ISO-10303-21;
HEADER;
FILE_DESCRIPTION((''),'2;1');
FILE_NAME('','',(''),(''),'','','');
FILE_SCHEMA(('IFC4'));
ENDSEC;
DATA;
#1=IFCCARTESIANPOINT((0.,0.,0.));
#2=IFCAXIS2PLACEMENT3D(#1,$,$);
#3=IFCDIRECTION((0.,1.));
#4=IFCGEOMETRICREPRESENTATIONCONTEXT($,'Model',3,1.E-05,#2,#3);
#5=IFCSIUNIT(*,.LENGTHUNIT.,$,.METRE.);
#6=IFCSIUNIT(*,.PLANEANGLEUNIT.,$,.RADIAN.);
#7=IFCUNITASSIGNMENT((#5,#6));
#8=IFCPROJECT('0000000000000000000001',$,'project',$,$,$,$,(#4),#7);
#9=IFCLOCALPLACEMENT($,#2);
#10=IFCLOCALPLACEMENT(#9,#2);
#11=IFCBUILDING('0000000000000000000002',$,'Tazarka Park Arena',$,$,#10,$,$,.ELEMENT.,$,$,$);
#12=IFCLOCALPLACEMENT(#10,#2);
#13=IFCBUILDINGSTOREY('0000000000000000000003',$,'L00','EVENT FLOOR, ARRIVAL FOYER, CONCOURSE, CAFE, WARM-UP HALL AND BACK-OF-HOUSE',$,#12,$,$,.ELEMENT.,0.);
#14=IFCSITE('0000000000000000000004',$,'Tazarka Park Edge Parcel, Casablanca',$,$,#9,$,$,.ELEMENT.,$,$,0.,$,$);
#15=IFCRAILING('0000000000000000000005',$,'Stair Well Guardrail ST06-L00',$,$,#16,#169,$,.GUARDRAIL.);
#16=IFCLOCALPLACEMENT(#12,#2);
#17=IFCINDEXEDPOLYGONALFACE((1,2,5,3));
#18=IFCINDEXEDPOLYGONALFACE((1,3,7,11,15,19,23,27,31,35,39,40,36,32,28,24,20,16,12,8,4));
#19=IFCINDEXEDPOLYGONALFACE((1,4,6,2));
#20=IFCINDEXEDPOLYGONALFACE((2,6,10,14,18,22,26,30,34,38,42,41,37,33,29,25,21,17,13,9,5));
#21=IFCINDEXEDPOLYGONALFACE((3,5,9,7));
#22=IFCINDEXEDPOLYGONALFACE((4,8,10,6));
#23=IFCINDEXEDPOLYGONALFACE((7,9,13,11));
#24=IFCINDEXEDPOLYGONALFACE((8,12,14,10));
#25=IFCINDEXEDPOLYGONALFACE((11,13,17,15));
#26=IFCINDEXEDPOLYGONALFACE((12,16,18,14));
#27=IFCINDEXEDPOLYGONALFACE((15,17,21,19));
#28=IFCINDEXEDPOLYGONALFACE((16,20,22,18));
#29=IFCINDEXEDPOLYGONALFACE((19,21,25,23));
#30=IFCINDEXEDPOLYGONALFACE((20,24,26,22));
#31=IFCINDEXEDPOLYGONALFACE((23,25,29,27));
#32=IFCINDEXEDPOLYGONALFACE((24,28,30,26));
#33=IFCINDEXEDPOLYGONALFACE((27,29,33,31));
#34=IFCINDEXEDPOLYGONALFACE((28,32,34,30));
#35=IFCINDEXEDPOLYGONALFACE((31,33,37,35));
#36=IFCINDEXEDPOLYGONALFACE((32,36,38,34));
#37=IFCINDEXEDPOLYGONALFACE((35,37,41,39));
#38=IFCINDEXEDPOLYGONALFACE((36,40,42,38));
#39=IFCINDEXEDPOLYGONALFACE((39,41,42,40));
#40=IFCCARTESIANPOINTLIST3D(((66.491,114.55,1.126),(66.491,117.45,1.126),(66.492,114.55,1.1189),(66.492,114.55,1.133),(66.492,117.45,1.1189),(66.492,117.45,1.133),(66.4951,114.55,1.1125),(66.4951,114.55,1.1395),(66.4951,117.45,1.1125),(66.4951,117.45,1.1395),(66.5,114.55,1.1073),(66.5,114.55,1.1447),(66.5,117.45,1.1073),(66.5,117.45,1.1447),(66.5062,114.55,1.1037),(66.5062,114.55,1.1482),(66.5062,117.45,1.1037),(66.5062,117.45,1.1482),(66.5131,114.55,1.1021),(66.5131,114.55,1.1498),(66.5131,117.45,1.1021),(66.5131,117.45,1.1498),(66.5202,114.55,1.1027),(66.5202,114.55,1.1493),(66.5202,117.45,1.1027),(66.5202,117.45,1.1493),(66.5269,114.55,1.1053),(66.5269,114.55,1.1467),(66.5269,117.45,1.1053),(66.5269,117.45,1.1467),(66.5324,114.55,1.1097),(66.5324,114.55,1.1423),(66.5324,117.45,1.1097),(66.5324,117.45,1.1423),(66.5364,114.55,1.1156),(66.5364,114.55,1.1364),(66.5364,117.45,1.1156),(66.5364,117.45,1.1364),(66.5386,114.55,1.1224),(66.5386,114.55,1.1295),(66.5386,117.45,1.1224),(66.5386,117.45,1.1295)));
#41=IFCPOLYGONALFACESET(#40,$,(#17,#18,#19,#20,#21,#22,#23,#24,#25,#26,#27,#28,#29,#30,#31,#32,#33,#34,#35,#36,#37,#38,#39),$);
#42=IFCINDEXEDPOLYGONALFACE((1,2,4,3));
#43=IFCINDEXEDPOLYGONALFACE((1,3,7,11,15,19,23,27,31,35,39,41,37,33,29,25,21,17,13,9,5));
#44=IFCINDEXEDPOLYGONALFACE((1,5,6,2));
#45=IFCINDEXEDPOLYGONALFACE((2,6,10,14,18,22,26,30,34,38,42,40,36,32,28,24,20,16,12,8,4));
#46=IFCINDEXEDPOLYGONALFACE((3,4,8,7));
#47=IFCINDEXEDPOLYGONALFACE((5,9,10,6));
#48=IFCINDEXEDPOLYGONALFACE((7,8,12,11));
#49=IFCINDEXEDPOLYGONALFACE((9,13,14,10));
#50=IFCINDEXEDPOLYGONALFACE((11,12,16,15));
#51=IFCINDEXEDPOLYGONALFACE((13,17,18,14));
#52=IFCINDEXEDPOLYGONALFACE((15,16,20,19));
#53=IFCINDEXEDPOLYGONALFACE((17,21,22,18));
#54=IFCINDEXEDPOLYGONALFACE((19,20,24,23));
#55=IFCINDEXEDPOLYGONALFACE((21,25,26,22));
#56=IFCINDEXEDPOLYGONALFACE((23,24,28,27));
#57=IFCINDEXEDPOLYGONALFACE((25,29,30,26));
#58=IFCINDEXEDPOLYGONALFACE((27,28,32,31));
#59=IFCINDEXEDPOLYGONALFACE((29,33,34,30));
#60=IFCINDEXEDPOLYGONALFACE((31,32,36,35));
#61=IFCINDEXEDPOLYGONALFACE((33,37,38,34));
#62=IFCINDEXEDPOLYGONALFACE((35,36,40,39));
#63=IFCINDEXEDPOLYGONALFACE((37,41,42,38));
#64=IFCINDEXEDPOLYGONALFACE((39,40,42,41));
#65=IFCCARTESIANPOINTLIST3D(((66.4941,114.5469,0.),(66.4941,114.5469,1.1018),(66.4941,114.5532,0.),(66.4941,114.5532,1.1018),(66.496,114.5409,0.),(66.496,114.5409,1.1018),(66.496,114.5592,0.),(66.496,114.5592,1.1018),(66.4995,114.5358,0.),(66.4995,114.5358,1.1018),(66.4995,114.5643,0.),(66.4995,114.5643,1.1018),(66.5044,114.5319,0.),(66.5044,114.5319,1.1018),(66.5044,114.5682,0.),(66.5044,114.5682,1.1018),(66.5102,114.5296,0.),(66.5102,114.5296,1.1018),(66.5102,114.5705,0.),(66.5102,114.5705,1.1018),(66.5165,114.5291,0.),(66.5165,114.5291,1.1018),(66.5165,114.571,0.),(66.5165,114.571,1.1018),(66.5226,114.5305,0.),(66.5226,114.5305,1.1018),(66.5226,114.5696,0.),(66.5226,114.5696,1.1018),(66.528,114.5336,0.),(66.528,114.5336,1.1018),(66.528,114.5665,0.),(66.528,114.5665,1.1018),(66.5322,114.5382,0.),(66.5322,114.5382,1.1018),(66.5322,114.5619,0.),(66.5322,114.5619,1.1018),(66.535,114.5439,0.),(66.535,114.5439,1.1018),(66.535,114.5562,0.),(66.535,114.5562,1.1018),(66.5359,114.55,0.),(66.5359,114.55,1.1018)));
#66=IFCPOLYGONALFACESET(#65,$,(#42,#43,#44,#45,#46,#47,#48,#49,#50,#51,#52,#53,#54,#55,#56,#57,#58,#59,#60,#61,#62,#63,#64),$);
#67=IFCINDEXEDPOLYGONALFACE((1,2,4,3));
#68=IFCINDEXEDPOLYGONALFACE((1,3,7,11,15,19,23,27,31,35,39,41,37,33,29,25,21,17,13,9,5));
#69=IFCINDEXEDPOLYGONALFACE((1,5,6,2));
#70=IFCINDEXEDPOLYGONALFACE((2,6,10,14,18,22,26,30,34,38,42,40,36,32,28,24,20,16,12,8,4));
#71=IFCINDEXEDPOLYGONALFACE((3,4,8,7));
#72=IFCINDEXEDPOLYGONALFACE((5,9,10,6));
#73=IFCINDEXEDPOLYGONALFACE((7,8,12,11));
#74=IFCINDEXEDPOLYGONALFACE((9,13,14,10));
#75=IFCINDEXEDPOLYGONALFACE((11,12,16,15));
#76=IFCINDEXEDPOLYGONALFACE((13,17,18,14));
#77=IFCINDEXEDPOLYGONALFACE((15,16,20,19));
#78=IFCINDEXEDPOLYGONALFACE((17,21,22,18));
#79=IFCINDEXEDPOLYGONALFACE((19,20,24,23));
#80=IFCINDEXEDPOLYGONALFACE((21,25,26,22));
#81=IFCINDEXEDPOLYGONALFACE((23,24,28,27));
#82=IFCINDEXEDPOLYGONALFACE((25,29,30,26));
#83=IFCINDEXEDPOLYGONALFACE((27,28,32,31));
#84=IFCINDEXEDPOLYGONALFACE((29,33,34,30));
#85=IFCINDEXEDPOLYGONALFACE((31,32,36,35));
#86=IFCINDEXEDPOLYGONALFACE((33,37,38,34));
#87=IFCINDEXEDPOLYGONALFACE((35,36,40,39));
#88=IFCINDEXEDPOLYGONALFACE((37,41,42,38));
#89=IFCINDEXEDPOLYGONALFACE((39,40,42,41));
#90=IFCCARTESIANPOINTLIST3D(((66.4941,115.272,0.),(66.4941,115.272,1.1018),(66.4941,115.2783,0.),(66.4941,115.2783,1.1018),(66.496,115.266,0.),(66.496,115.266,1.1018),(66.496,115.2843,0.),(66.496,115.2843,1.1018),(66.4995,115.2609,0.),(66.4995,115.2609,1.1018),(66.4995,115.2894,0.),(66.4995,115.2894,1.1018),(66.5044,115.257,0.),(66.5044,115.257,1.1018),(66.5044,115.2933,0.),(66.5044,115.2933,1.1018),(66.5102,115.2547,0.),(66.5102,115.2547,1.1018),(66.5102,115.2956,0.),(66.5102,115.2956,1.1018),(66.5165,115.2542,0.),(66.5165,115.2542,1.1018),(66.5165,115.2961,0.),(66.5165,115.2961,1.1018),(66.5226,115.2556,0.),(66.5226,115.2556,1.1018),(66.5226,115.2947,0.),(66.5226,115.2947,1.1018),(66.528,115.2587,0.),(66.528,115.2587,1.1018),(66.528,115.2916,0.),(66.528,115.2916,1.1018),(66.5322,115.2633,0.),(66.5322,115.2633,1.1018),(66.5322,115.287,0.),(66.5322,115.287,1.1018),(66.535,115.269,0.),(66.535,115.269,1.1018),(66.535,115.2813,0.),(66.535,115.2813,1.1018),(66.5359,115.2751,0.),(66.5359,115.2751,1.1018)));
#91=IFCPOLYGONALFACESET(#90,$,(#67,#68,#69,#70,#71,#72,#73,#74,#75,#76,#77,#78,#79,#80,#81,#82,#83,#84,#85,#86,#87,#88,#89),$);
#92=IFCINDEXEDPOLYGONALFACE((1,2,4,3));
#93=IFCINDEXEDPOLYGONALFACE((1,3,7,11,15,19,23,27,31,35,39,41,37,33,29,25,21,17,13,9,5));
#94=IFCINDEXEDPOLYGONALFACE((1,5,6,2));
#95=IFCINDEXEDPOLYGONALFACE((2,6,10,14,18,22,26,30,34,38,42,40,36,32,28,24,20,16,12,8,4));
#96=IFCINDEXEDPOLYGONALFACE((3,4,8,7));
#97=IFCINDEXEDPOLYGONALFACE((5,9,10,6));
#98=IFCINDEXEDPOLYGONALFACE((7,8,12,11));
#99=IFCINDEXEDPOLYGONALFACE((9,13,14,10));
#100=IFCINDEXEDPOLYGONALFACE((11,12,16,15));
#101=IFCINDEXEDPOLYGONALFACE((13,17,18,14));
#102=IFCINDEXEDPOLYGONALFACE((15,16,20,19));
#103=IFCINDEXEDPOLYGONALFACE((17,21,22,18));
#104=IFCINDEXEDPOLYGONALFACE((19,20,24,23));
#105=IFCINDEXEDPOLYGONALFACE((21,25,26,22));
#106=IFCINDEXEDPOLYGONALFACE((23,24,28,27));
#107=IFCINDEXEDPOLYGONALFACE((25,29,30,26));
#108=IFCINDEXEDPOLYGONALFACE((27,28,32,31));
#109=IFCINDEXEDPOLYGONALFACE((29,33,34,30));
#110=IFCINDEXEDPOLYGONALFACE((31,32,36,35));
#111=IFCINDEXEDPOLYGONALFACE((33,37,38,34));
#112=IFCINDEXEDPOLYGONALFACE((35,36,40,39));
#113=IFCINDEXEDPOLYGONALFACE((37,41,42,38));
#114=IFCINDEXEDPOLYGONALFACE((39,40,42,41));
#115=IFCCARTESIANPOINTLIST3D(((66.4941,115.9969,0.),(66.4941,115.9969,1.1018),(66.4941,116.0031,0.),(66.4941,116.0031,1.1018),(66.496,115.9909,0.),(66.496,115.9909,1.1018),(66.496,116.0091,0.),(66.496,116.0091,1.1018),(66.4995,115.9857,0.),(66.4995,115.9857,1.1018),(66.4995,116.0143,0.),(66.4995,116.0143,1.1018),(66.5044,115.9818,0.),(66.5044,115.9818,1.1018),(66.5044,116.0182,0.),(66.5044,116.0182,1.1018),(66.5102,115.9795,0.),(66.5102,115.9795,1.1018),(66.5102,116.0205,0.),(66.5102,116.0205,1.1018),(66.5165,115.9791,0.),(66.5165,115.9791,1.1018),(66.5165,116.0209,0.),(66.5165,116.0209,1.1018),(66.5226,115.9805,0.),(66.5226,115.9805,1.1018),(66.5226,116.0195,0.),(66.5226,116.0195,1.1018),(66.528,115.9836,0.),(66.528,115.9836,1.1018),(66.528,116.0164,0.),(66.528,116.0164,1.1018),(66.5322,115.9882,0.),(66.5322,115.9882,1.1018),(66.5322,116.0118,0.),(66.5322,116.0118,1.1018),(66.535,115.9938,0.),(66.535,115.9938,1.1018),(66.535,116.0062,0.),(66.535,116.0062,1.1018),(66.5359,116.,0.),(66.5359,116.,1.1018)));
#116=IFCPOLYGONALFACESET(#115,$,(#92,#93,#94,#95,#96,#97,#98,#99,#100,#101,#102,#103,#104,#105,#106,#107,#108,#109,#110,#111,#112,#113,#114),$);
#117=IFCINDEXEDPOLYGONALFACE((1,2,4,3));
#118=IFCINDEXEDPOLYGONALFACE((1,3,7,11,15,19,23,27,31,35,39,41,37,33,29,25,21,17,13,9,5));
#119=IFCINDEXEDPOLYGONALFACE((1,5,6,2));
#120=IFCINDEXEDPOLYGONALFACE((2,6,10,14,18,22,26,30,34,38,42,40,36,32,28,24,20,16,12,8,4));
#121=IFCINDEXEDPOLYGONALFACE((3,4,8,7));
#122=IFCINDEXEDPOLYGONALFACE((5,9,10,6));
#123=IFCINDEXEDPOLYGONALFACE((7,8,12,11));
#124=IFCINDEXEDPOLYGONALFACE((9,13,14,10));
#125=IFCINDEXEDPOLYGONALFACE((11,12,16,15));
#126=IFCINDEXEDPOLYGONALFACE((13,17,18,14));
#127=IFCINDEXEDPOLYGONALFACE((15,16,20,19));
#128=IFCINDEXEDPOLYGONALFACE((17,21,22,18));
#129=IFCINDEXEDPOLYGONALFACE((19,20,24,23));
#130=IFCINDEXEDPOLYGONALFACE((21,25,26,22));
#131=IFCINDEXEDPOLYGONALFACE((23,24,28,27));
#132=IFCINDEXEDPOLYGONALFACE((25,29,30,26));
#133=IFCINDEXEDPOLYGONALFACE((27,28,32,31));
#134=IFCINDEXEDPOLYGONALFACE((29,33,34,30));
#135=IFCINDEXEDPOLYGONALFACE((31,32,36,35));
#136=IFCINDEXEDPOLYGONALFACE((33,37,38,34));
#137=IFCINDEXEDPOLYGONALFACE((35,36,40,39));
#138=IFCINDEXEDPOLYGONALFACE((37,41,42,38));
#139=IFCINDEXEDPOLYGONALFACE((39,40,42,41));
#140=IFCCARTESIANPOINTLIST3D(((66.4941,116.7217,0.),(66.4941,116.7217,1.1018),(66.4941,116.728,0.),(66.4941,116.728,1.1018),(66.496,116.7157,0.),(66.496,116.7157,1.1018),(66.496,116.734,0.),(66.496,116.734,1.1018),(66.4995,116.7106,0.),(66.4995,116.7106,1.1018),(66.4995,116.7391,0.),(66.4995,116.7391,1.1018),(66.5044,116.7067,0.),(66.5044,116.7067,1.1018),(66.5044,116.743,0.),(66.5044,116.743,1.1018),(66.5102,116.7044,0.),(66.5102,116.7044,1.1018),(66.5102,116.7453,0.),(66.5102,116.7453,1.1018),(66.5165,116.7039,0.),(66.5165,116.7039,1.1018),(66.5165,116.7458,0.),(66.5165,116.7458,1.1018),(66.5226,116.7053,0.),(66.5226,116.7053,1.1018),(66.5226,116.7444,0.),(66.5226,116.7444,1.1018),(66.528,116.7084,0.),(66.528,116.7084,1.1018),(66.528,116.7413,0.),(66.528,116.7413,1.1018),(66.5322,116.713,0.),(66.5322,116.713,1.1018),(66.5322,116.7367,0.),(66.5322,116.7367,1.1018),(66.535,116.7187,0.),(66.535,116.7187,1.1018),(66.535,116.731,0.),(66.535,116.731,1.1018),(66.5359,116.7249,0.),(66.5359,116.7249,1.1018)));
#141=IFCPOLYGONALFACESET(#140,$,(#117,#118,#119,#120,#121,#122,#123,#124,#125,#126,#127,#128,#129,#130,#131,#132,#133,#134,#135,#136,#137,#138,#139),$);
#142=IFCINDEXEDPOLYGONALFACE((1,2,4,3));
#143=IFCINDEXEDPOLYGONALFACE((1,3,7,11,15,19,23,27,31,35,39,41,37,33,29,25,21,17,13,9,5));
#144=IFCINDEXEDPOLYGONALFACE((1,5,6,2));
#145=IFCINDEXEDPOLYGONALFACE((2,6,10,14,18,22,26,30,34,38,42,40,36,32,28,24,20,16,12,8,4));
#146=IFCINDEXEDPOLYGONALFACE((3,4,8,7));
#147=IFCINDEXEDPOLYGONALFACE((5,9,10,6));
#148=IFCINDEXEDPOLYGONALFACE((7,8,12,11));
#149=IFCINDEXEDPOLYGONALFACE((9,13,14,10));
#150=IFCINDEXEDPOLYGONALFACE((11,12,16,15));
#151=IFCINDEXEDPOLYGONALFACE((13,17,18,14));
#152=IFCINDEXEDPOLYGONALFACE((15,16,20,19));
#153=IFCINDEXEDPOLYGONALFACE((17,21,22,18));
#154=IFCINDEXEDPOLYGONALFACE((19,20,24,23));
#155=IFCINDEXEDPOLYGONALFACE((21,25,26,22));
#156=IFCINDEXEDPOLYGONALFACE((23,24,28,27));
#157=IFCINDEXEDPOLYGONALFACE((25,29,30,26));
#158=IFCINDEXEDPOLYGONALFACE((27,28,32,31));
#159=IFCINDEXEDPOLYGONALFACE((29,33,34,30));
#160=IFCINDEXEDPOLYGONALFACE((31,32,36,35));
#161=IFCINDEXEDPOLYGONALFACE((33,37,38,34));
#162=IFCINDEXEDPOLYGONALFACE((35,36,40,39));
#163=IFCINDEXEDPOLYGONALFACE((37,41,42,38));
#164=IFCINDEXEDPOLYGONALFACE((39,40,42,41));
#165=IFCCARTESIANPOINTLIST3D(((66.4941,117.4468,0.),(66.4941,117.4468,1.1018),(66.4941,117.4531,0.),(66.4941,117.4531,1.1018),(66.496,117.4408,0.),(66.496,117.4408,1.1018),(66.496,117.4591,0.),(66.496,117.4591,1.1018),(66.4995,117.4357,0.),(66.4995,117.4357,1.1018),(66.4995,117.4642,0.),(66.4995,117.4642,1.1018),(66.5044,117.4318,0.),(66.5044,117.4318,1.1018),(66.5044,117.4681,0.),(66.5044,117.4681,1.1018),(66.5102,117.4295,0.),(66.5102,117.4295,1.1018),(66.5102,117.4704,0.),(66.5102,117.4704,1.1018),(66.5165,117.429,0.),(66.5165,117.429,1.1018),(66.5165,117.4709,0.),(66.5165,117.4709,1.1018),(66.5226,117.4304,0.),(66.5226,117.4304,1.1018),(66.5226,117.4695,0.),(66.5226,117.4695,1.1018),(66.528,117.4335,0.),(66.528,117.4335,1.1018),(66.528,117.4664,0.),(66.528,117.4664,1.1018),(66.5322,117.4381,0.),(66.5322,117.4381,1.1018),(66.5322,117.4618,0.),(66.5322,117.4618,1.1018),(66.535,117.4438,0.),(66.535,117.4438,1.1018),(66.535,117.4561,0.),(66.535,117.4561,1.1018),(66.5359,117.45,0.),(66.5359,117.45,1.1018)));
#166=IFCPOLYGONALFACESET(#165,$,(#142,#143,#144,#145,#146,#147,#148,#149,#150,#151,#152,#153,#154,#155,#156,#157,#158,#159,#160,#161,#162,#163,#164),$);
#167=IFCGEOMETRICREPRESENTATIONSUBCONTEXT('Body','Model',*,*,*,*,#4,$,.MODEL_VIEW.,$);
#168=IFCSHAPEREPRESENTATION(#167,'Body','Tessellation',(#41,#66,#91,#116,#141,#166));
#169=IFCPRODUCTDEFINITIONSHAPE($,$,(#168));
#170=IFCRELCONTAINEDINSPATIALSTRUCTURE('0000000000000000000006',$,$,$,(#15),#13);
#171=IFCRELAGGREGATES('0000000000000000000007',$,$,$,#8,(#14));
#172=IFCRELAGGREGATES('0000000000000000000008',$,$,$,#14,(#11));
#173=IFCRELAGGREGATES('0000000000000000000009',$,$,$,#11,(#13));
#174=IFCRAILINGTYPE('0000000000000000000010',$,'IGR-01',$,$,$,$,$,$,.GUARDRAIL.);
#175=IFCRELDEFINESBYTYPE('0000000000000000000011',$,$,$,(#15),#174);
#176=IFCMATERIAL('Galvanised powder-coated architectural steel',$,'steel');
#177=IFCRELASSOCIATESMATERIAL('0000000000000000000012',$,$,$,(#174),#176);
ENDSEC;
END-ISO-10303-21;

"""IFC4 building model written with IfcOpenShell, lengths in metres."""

from ifc_helpers import new_model, si_unit, direction, frame, origin, origin_2d, place, context, subcontext, project, spatial, circle, extrude, material, type_object, element, save


model = new_model("IFC4")

# Units and contexts
model_context = context("Model", 3, precision=1e-05, world=origin(), true_north=direction((0.0, 1.0)))
body_context = subcontext(model_context, "Body", "Model", "MODEL_VIEW")
ifc_project = project(units=[si_unit("LENGTHUNIT", "METRE"), si_unit("PLANEANGLEUNIT", "RADIAN")], contexts=[model_context])

# Site, building, storey
site_placement = place(None, origin())
site = spatial("IfcSite", under=ifc_project, at=site_placement, Name="Tazarka Park Edge Parcel, Casablanca", CompositionType="ELEMENT", RefElevation=0.0)
building_placement = place(site_placement, origin())
building = spatial("IfcBuilding", under=site, at=building_placement, Name="Tazarka Park Arena", CompositionType="ELEMENT")
storey_placement = place(building_placement, origin())
storey = spatial("IfcBuildingStorey", under=building, at=storey_placement, Name="L00", Description="EVENT FLOOR, ARRIVAL FOYER, CONCOURSE, CAFE, WARM-UP HALL AND BACK-OF-HOUSE", CompositionType="ELEMENT", Elevation=0.0)

# Railing
ifc_material_1 = material(Name="Galvanised powder-coated architectural steel", Category="steel")
railing_type_1 = type_object("IfcRailingType", Name="IGR-01", PredefinedType="GUARDRAIL", material=ifc_material_1)
for number, where, name in (
    (1, (66.5149, 114.55, 0.0), "Stair Well Guardrail ST06-L00"),
):
    element("IfcRailing", number, at=place(storey_placement, frame(where)), inside=storey, type_object=railing_type_1, Name=name, PredefinedType="GUARDRAIL", context=body_context, shape_type="SweptSolid", body=[
        extrude(circle(Radius=0.0239, at=origin_2d()), frame((0.0, 0.0, 1.126), z_axis=(0.0, 1.0, 0.0), x_axis=(-1.0, 0.0, 0.0)), (0.0, 0.0, 1.0), 2.8999),
        extrude(circle(Radius=0.021, at=origin_2d()), origin(), (0.0, 0.0, 1.0), 1.1018),
        extrude(circle(Radius=0.021, at=origin_2d()), frame((0.0, 0.7251, 0.0)), (0.0, 0.0, 1.0), 1.1018),
        extrude(circle(Radius=0.021, at=origin_2d()), frame((0.0, 1.45, 0.0)), (0.0, 0.0, 1.0), 1.1018),
        extrude(circle(Radius=0.021, at=origin_2d()), frame((0.0, 2.1748, 0.0)), (0.0, 0.0, 1.0), 1.1018),
        extrude(circle(Radius=0.021, at=origin_2d()), frame((0.0, 2.8999, 0.0)), (0.0, 0.0, 1.0), 1.1018),
    ])

save(model, "model.ifc")
